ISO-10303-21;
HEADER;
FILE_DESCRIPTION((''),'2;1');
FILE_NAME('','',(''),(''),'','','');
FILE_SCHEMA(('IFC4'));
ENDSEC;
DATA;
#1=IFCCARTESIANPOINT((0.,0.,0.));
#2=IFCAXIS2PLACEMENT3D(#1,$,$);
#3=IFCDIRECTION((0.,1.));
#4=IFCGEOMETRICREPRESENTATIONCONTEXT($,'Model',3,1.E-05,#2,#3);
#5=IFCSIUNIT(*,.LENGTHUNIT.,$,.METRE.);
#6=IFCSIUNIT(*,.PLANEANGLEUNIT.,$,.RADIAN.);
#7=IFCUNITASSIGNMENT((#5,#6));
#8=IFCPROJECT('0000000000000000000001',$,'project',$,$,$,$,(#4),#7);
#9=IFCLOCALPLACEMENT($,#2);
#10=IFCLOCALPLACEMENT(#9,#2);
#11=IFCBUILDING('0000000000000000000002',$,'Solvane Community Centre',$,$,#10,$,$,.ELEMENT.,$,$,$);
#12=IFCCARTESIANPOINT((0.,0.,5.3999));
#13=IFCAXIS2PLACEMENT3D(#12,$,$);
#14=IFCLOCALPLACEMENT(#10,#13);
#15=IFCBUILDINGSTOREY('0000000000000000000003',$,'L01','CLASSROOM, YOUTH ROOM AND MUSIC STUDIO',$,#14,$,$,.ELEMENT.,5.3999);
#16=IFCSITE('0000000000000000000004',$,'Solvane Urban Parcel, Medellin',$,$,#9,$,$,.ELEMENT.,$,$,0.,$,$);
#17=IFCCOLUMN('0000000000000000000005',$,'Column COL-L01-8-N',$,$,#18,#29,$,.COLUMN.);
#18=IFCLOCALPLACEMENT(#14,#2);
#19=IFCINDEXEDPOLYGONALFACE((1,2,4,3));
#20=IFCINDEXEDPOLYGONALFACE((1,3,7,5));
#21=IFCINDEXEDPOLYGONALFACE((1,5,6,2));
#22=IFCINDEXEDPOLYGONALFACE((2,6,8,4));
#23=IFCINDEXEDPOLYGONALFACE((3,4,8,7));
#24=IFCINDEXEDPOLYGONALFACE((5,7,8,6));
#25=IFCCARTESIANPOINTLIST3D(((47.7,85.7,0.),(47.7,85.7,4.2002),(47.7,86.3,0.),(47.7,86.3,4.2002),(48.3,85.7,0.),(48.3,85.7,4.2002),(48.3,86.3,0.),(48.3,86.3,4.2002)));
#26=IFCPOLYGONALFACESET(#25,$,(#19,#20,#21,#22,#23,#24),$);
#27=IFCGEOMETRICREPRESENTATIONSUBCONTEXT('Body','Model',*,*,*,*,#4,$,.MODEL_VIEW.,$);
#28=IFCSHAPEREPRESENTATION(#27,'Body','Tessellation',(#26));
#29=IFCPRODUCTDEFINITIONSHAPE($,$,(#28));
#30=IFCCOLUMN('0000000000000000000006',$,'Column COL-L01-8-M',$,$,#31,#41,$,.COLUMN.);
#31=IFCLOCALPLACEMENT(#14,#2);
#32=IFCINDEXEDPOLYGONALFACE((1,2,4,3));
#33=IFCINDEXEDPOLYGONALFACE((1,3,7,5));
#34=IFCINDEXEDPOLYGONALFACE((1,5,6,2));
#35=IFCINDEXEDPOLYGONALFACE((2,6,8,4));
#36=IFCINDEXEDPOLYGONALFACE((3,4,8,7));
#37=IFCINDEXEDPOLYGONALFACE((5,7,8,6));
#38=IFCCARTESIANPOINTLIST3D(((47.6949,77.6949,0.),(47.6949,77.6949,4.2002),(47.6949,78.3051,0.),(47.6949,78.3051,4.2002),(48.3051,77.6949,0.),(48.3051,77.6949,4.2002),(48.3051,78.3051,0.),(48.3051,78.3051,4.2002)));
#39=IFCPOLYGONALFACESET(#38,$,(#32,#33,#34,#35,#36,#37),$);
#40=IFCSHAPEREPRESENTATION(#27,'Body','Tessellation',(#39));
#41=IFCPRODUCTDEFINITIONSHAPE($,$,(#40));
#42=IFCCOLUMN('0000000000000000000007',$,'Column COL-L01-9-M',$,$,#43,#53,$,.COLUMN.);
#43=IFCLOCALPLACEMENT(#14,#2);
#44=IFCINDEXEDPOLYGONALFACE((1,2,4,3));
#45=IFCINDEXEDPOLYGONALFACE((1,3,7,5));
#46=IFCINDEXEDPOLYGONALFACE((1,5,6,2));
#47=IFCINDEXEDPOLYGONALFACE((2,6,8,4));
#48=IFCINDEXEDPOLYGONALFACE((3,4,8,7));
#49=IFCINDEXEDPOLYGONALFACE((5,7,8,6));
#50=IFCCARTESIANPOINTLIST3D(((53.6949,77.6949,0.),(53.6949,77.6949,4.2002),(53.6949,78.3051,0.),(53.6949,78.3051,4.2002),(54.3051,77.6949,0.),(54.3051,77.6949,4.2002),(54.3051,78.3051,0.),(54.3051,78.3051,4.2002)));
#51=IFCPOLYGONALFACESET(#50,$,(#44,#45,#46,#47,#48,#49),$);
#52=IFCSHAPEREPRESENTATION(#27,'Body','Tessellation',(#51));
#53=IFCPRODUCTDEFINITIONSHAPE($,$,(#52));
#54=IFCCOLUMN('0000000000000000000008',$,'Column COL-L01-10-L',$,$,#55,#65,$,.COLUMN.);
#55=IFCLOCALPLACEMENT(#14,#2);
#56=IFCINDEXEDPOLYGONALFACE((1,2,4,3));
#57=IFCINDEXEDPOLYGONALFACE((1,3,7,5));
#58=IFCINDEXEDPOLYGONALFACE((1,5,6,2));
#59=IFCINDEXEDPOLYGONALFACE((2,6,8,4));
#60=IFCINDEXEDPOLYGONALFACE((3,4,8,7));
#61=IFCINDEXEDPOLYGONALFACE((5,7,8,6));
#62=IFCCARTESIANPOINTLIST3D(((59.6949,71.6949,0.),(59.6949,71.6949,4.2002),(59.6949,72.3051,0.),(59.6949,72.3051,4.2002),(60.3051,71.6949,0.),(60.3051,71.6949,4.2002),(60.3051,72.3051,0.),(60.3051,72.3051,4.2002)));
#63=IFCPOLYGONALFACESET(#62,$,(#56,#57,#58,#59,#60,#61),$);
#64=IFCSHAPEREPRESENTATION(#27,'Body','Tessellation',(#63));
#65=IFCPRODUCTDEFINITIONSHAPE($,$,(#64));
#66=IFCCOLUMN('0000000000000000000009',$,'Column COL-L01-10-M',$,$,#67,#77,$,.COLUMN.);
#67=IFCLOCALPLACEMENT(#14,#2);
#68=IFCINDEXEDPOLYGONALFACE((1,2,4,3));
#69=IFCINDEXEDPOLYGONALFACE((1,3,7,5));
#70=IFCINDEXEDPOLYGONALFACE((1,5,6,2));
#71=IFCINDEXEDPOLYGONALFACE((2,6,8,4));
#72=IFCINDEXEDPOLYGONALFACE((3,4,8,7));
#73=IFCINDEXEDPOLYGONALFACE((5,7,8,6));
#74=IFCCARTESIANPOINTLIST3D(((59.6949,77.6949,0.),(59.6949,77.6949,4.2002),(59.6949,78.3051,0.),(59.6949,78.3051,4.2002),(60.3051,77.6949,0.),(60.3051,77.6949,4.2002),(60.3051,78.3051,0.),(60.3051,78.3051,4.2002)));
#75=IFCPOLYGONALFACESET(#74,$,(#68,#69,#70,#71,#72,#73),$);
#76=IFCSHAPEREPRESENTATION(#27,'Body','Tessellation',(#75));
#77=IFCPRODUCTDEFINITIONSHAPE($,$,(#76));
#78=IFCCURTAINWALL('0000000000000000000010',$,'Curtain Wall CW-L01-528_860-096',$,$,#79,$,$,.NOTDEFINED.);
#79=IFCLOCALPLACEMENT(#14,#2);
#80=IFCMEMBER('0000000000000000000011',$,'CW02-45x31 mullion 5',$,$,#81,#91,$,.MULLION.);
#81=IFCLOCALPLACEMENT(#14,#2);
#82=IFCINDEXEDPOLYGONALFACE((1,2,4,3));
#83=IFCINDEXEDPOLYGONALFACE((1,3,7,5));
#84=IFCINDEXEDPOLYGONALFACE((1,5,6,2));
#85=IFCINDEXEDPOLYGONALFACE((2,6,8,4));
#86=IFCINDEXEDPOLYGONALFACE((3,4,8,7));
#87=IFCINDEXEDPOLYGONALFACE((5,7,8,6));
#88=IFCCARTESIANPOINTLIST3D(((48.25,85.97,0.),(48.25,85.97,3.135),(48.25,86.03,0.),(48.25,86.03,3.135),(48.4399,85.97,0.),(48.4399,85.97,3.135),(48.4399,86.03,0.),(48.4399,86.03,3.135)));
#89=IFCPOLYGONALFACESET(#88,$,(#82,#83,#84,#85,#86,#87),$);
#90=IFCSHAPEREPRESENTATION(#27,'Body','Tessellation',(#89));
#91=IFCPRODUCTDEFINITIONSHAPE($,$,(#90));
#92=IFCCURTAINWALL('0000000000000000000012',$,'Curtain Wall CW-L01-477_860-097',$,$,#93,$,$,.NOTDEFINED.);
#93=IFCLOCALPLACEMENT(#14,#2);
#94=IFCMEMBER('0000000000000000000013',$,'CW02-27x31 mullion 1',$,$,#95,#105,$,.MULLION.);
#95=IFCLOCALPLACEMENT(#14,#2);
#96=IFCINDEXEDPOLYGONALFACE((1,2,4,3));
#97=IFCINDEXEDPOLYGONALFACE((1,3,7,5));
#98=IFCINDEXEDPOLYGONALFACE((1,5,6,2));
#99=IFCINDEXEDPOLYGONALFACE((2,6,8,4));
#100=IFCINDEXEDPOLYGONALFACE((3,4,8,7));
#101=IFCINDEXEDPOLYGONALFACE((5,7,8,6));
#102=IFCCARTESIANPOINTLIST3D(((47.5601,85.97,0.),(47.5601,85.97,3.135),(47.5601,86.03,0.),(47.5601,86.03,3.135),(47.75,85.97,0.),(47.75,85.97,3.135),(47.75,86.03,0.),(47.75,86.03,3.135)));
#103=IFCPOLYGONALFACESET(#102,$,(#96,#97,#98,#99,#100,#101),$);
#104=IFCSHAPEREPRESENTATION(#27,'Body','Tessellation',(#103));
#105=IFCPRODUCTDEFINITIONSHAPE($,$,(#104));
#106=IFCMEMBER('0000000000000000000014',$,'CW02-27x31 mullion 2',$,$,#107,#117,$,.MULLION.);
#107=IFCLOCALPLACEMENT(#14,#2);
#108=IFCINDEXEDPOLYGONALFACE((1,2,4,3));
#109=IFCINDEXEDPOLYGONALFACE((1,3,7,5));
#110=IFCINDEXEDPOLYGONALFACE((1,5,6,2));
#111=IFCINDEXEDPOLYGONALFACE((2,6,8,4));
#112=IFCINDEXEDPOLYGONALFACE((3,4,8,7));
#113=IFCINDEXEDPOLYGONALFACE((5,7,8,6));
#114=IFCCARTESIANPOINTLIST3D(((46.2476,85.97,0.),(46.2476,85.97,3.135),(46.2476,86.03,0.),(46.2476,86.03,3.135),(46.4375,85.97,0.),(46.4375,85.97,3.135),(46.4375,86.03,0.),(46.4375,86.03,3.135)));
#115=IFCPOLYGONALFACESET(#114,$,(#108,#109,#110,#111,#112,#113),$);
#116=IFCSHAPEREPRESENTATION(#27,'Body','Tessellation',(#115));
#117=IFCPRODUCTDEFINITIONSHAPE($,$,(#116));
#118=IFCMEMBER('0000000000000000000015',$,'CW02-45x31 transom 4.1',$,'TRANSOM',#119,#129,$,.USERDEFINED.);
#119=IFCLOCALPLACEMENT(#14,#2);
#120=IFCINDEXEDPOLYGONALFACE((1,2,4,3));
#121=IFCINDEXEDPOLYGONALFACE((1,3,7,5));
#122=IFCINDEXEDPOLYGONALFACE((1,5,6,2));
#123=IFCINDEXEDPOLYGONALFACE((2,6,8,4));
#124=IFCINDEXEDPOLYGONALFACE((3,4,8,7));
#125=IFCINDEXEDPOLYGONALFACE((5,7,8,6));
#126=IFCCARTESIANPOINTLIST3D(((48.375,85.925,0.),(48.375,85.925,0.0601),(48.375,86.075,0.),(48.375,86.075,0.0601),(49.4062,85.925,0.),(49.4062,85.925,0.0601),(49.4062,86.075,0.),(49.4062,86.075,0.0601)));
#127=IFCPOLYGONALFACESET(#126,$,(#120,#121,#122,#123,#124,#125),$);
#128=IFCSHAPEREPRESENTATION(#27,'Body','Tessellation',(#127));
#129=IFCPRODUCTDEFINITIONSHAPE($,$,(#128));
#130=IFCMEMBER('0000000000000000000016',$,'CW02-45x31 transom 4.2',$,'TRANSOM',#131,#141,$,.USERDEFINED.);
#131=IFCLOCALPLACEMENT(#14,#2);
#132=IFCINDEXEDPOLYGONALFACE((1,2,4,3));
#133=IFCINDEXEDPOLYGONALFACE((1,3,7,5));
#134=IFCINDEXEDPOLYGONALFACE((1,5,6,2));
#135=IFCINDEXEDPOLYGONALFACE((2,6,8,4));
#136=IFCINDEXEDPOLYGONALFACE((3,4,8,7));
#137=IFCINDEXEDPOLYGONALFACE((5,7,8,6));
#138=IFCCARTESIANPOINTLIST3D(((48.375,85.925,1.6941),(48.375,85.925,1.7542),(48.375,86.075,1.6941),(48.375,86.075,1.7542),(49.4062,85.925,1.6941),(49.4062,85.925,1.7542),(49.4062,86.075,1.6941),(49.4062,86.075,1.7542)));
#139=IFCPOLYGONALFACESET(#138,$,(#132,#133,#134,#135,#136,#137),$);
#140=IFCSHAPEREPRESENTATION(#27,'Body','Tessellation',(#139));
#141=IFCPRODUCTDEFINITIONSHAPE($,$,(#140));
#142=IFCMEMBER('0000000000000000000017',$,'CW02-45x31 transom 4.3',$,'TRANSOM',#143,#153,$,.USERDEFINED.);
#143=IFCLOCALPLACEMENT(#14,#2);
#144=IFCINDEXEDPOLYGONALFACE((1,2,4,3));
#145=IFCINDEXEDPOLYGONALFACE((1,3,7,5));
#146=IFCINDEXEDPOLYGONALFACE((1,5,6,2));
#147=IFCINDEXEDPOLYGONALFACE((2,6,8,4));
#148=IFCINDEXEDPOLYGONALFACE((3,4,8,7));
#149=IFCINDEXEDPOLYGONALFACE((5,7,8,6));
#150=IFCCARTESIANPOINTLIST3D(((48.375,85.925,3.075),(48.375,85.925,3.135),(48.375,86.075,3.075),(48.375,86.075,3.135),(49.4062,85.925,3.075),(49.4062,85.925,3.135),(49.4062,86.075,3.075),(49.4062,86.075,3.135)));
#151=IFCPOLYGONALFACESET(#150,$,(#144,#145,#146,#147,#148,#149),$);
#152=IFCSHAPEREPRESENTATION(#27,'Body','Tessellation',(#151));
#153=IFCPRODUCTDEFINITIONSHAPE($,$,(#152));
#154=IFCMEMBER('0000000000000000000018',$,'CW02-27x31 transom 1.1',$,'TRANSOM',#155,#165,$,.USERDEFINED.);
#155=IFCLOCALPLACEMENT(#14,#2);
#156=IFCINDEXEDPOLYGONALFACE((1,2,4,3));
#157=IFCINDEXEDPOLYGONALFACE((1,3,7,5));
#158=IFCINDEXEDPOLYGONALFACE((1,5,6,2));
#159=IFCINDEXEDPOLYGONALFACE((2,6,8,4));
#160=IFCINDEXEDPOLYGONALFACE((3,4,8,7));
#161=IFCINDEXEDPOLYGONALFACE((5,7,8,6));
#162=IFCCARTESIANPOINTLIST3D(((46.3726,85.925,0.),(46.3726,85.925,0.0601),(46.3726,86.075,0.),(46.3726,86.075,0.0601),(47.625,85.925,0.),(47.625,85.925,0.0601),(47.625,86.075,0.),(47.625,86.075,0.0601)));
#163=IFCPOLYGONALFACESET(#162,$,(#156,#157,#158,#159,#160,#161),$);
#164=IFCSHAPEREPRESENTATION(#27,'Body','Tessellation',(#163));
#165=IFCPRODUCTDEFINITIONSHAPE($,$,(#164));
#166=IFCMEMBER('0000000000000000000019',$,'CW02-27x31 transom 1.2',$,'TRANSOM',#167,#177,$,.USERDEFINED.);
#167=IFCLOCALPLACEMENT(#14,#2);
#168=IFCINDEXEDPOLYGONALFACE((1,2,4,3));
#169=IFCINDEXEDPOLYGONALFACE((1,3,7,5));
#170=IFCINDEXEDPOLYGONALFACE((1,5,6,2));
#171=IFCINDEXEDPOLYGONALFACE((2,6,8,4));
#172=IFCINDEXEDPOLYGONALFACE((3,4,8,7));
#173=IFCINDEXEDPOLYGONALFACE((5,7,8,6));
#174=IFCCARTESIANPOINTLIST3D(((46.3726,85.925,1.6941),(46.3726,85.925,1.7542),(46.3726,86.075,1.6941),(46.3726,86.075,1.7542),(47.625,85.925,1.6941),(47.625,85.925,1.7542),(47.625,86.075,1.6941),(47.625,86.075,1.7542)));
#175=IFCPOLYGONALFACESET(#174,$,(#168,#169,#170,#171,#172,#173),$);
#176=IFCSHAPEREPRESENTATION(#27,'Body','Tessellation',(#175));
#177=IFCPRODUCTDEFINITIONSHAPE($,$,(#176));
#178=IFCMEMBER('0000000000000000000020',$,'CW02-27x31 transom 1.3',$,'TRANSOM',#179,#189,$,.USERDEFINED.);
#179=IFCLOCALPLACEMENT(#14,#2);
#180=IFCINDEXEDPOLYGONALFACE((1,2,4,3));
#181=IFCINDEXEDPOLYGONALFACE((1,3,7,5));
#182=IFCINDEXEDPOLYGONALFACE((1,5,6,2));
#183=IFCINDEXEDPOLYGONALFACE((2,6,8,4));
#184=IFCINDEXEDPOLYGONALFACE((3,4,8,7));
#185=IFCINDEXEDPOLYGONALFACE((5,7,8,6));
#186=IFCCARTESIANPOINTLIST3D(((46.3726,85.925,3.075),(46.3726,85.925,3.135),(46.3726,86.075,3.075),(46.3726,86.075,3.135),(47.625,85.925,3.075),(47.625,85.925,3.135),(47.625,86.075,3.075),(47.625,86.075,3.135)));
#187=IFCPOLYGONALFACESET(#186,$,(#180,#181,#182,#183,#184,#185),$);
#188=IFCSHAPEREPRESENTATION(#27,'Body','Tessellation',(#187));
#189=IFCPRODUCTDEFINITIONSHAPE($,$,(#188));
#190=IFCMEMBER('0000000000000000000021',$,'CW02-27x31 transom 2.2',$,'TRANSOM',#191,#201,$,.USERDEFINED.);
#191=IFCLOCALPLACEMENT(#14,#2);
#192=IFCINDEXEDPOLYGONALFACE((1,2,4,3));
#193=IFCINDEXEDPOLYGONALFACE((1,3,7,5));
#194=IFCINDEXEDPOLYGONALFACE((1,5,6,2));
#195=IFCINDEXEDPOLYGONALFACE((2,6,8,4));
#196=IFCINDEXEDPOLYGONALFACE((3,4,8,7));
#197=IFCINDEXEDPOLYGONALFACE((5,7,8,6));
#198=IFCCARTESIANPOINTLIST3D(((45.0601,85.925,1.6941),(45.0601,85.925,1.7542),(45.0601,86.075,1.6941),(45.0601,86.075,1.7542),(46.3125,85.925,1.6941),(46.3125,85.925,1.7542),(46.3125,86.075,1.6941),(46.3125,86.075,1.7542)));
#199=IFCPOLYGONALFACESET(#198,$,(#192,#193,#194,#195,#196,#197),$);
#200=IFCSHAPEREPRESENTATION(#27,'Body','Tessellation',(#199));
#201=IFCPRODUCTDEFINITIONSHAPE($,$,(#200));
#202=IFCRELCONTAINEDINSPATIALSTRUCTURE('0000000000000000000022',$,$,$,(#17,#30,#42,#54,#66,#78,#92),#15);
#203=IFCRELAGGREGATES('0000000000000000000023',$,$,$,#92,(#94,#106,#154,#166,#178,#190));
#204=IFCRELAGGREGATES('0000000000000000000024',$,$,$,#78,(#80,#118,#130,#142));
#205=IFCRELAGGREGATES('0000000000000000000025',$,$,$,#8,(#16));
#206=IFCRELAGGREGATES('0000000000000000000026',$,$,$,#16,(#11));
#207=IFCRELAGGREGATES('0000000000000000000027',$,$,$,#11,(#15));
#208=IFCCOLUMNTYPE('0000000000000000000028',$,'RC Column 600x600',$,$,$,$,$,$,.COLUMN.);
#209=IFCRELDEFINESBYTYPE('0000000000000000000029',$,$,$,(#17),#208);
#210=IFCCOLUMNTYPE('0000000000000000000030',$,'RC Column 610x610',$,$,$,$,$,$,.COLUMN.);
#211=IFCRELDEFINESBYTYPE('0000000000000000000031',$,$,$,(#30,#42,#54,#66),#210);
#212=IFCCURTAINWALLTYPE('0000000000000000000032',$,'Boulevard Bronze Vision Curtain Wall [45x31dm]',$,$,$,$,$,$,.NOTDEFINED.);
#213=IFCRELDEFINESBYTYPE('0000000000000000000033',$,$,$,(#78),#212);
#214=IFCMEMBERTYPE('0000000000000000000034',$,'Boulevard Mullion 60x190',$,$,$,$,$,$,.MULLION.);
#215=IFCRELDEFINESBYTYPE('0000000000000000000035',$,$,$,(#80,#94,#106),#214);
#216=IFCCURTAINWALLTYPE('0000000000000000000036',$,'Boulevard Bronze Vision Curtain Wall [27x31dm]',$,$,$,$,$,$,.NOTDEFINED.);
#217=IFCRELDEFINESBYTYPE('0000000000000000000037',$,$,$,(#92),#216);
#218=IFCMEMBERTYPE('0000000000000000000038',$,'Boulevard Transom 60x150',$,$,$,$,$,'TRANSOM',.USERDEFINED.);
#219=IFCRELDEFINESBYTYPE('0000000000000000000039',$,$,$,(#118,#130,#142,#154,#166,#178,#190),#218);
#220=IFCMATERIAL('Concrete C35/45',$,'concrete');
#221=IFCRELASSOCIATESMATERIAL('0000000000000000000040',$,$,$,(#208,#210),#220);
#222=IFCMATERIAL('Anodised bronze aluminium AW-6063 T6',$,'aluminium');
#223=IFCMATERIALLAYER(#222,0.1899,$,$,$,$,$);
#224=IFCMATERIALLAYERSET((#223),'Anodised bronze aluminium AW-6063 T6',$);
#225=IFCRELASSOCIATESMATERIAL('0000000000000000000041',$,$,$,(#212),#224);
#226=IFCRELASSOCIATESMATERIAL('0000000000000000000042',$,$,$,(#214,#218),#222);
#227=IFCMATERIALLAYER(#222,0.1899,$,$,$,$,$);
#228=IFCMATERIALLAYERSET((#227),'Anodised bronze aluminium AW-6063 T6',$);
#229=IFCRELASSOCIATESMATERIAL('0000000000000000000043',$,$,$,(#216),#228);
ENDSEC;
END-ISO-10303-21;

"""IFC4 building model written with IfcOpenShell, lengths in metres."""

from ifc_helpers import new_model, si_unit, direction, frame, origin, origin_2d, place, context, subcontext, project, spatial, rectangle, extrude, material, layer, layer_set, material_profile, profile_set, type_object, element, aggregate, save


model = new_model("IFC4")

# Units and contexts
model_context = context("Model", 3, precision=1e-05, world=origin(), true_north=direction((0.0, 1.0)))
body_context = subcontext(model_context, "Body", "Model", "MODEL_VIEW")
ifc_project = project(units=[si_unit("LENGTHUNIT", "METRE"), si_unit("PLANEANGLEUNIT", "RADIAN")], contexts=[model_context])

# Site, building, storey
site_placement = place(None, origin())
site = spatial("IfcSite", under=ifc_project, at=site_placement, Name="Solvane Urban Parcel, Medellin", CompositionType="ELEMENT", RefElevation=0.0)
building_placement = place(site_placement, origin())
building = spatial("IfcBuilding", under=site, at=building_placement, Name="Solvane Community Centre", CompositionType="ELEMENT")
storey_placement = place(building_placement, frame((0.0, 0.0, 5.3999)))
storey = spatial("IfcBuildingStorey", under=building, at=storey_placement, Name="L01", Description="CLASSROOM, YOUTH ROOM AND MUSIC STUDIO", CompositionType="ELEMENT", Elevation=5.3999)

# Columns
ifc_material_1 = material(Name="Concrete C35/45", Category="concrete")
ifc_material_profile_1 = material_profile(ifc_material_1, rectangle(XDim=0.6001, YDim=0.6001, at=origin_2d()), Name="RC 600x600")
ifc_profile_set_1 = profile_set([ifc_material_profile_1], Name="Concrete C35/45")
column_type_1 = type_object("IfcColumnType", Name="RC Column 600x600", PredefinedType="COLUMN", material=ifc_profile_set_1)
column_placement = place(storey_placement, frame((48.0, 86.0, 0.0), z_axis=(0.0, 0.0, 1.0), x_axis=(1.0, 0.0, 0.0)))
element("IfcColumn", 1, at=column_placement, inside=storey, type_object=column_type_1, Name="Column COL-L01-8-N", PredefinedType="COLUMN", context=body_context, shape_type="SweptSolid", body=[
    extrude(rectangle(XDim=0.6001, YDim=0.6001, at=origin_2d()), origin(), (0.0, 0.0, 1.0), 4.2002),
])
ifc_material_profile_2 = material_profile(ifc_material_1, rectangle(XDim=0.6101, YDim=0.6101, at=origin_2d()), Name="RC 610x610")
ifc_profile_set_2 = profile_set([ifc_material_profile_2], Name="Concrete C35/45")
column_type_2 = type_object("IfcColumnType", Name="RC Column 610x610", PredefinedType="COLUMN", material=ifc_profile_set_2)
for number, where, z_axis, x_axis, name in (
    (2, (48.0, 78.0, 0.0), (0.0, 0.0, 1.0), (1.0, 0.0, 0.0), "Column COL-L01-8-M"),
    (3, (54.0, 78.0, 0.0), (0.0, 0.0, 1.0), (1.0, 0.0, 0.0), "Column COL-L01-9-M"),
    (4, (60.0, 72.0, 0.0), (0.0, 0.0, 1.0), (1.0, 0.0, 0.0), "Column COL-L01-10-L"),
    (5, (60.0, 78.0, 0.0), (0.0, 0.0, 1.0), (1.0, 0.0, 0.0), "Column COL-L01-10-M"),
):
    element("IfcColumn", number, at=place(storey_placement, frame(where, z_axis=z_axis, x_axis=x_axis)), inside=storey, type_object=column_type_2, Name=name, PredefinedType="COLUMN", context=body_context, shape_type="SweptSolid", body=[
        extrude(rectangle(XDim=0.6101, YDim=0.6101, at=origin_2d()), origin(), (0.0, 0.0, 1.0), 4.2002),
    ])

# Curtain wall, member
ifc_material_2 = material(Name="Anodised bronze aluminium AW-6063 T6", Category="aluminium")
ifc_layer_1 = layer(ifc_material_2, 0.1899)
ifc_layer_set_1 = layer_set([ifc_layer_1], Name="Anodised bronze aluminium AW-6063 T6")
curtain_wall_type_1 = type_object("IfcCurtainWallType", Name="Boulevard Bronze Vision Curtain Wall [45x31dm]", PredefinedType="NOTDEFINED", material=ifc_layer_set_1)
curtain_wall_1_placement = place(storey_placement, origin())
curtain_wall_1 = element("IfcCurtainWall", 6, at=curtain_wall_1_placement, inside=storey, type_object=curtain_wall_type_1, Name="Curtain Wall CW-L01-528_860-096", PredefinedType="NOTDEFINED")
ifc_material_profile_3 = material_profile(ifc_material_2, rectangle(XDim=0.0601, YDim=0.1899, at=origin_2d()), Name="CW-M 60x190")
ifc_profile_set_3 = profile_set([ifc_material_profile_3], Name="Anodised bronze aluminium AW-6063 T6")
member_type_1 = type_object("IfcMemberType", Name="Boulevard Mullion 60x190", PredefinedType="MULLION", material=ifc_profile_set_3)
member_1_placement = place(storey_placement, frame((48.345, 86.0, 0.0), z_axis=(0.0, 0.0, 1.0), x_axis=(0.0, -1.0, 0.0)))
member_1 = element("IfcMember", 7, at=member_1_placement, type_object=member_type_1, Name="CW02-45x31 mullion 5", PredefinedType="MULLION", context=body_context, shape_type="SweptSolid", body=[
    extrude(rectangle(XDim=0.0601, YDim=0.1899, at=origin_2d()), origin(), (0.0, 0.0, 1.0), 3.135),
])

# Curtain wall, members
ifc_layer_2 = layer(ifc_material_2, 0.1899)
ifc_layer_set_2 = layer_set([ifc_layer_2], Name="Anodised bronze aluminium AW-6063 T6")
curtain_wall_type_2 = type_object("IfcCurtainWallType", Name="Boulevard Bronze Vision Curtain Wall [27x31dm]", PredefinedType="NOTDEFINED", material=ifc_layer_set_2)
curtain_wall_2_placement = place(storey_placement, origin())
curtain_wall_2 = element("IfcCurtainWall", 8, at=curtain_wall_2_placement, inside=storey, type_object=curtain_wall_type_2, Name="Curtain Wall CW-L01-477_860-097", PredefinedType="NOTDEFINED")
member_2_placement = place(storey_placement, frame((47.655, 86.0, 0.0), z_axis=(0.0, 0.0, 1.0), x_axis=(0.0, -1.0, 0.0)))
member_2 = element("IfcMember", 9, at=member_2_placement, type_object=member_type_1, Name="CW02-27x31 mullion 1", PredefinedType="MULLION", context=body_context, shape_type="SweptSolid", body=[
    extrude(rectangle(XDim=0.0601, YDim=0.1899, at=origin_2d()), origin(), (0.0, 0.0, 1.0), 3.135),
])
member_3_placement = place(storey_placement, frame((46.3425, 86.0, 0.0), z_axis=(0.0, 0.0, 1.0), x_axis=(0.0, -1.0, 0.0)))
member_3 = element("IfcMember", 10, at=member_3_placement, type_object=member_type_1, Name="CW02-27x31 mullion 2", PredefinedType="MULLION", context=body_context, shape_type="SweptSolid", body=[
    extrude(rectangle(XDim=0.0601, YDim=0.1899, at=origin_2d()), origin(), (0.0, 0.0, 1.0), 3.135),
])

# Members
ifc_material_profile_4 = material_profile(ifc_material_2, rectangle(XDim=0.1499, YDim=0.0601, at=origin_2d()), Name="CW-T 60x150")
ifc_profile_set_4 = profile_set([ifc_material_profile_4], Name="Anodised bronze aluminium AW-6063 T6")
member_type_2 = type_object("IfcMemberType", Name="Boulevard Transom 60x150", ElementType="TRANSOM", PredefinedType="USERDEFINED", material=ifc_profile_set_4)
member_4_placement = place(storey_placement, frame((49.4062, 86.0, 0.03), z_axis=(-1.0, 0.0, 0.0), x_axis=(0.0, -1.0, 0.0)))
member_4 = element("IfcMember", 11, at=member_4_placement, type_object=member_type_2, Name="CW02-45x31 transom 4.1", ObjectType="TRANSOM", PredefinedType="USERDEFINED", context=body_context, shape_type="SweptSolid", body=[
    extrude(rectangle(XDim=0.1499, YDim=0.0601, at=origin_2d()), origin(), (0.0, 0.0, 1.0), 1.0312),
])
member_5_placement = place(storey_placement, frame((49.4062, 86.0, 1.7241), z_axis=(-1.0, 0.0, 0.0), x_axis=(0.0, -1.0, 0.0)))
member_5 = element("IfcMember", 12, at=member_5_placement, type_object=member_type_2, Name="CW02-45x31 transom 4.2", ObjectType="TRANSOM", PredefinedType="USERDEFINED", context=body_context, shape_type="SweptSolid", body=[
    extrude(rectangle(XDim=0.1499, YDim=0.0601, at=origin_2d()), origin(), (0.0, 0.0, 1.0), 1.0312),
])
member_6_placement = place(storey_placement, frame((49.4062, 86.0, 3.105), z_axis=(-1.0, 0.0, 0.0), x_axis=(0.0, -1.0, 0.0)))
member_6 = element("IfcMember", 13, at=member_6_placement, type_object=member_type_2, Name="CW02-45x31 transom 4.3", ObjectType="TRANSOM", PredefinedType="USERDEFINED", context=body_context, shape_type="SweptSolid", body=[
    extrude(rectangle(XDim=0.1499, YDim=0.0601, at=origin_2d()), origin(), (0.0, 0.0, 1.0), 1.0312),
])
member_7_placement = place(storey_placement, frame((47.625, 86.0, 0.03), z_axis=(-1.0, 0.0, 0.0), x_axis=(0.0, -1.0, 0.0)))
member_7 = element("IfcMember", 14, at=member_7_placement, type_object=member_type_2, Name="CW02-27x31 transom 1.1", ObjectType="TRANSOM", PredefinedType="USERDEFINED", context=body_context, shape_type="SweptSolid", body=[
    extrude(rectangle(XDim=0.1499, YDim=0.0601, at=origin_2d()), origin(), (0.0, 0.0, 1.0), 1.2524),
])
member_8_placement = place(storey_placement, frame((47.625, 86.0, 1.7241), z_axis=(-1.0, 0.0, 0.0), x_axis=(0.0, -1.0, 0.0)))
member_8 = element("IfcMember", 15, at=member_8_placement, type_object=member_type_2, Name="CW02-27x31 transom 1.2", ObjectType="TRANSOM", PredefinedType="USERDEFINED", context=body_context, shape_type="SweptSolid", body=[
    extrude(rectangle(XDim=0.1499, YDim=0.0601, at=origin_2d()), origin(), (0.0, 0.0, 1.0), 1.2524),
])
member_9_placement = place(storey_placement, frame((47.625, 86.0, 3.105), z_axis=(-1.0, 0.0, 0.0), x_axis=(0.0, -1.0, 0.0)))
member_9 = element("IfcMember", 16, at=member_9_placement, type_object=member_type_2, Name="CW02-27x31 transom 1.3", ObjectType="TRANSOM", PredefinedType="USERDEFINED", context=body_context, shape_type="SweptSolid", body=[
    extrude(rectangle(XDim=0.1499, YDim=0.0601, at=origin_2d()), origin(), (0.0, 0.0, 1.0), 1.2524),
])
member_10_placement = place(storey_placement, frame((46.3125, 86.0, 1.7241), z_axis=(-1.0, 0.0, 0.0), x_axis=(0.0, -1.0, 0.0)))
member_10 = element("IfcMember", 17, at=member_10_placement, type_object=member_type_2, Name="CW02-27x31 transom 2.2", ObjectType="TRANSOM", PredefinedType="USERDEFINED", context=body_context, shape_type="SweptSolid", body=[
    extrude(rectangle(XDim=0.1499, YDim=0.0601, at=origin_2d()), origin(), (0.0, 0.0, 1.0), 1.2524),
])

aggregate(curtain_wall_2, [member_2, member_3, member_7, member_8, member_9, member_10])
aggregate(curtain_wall_1, [member_1, member_4, member_5, member_6])

save(model, "model.ifc")
